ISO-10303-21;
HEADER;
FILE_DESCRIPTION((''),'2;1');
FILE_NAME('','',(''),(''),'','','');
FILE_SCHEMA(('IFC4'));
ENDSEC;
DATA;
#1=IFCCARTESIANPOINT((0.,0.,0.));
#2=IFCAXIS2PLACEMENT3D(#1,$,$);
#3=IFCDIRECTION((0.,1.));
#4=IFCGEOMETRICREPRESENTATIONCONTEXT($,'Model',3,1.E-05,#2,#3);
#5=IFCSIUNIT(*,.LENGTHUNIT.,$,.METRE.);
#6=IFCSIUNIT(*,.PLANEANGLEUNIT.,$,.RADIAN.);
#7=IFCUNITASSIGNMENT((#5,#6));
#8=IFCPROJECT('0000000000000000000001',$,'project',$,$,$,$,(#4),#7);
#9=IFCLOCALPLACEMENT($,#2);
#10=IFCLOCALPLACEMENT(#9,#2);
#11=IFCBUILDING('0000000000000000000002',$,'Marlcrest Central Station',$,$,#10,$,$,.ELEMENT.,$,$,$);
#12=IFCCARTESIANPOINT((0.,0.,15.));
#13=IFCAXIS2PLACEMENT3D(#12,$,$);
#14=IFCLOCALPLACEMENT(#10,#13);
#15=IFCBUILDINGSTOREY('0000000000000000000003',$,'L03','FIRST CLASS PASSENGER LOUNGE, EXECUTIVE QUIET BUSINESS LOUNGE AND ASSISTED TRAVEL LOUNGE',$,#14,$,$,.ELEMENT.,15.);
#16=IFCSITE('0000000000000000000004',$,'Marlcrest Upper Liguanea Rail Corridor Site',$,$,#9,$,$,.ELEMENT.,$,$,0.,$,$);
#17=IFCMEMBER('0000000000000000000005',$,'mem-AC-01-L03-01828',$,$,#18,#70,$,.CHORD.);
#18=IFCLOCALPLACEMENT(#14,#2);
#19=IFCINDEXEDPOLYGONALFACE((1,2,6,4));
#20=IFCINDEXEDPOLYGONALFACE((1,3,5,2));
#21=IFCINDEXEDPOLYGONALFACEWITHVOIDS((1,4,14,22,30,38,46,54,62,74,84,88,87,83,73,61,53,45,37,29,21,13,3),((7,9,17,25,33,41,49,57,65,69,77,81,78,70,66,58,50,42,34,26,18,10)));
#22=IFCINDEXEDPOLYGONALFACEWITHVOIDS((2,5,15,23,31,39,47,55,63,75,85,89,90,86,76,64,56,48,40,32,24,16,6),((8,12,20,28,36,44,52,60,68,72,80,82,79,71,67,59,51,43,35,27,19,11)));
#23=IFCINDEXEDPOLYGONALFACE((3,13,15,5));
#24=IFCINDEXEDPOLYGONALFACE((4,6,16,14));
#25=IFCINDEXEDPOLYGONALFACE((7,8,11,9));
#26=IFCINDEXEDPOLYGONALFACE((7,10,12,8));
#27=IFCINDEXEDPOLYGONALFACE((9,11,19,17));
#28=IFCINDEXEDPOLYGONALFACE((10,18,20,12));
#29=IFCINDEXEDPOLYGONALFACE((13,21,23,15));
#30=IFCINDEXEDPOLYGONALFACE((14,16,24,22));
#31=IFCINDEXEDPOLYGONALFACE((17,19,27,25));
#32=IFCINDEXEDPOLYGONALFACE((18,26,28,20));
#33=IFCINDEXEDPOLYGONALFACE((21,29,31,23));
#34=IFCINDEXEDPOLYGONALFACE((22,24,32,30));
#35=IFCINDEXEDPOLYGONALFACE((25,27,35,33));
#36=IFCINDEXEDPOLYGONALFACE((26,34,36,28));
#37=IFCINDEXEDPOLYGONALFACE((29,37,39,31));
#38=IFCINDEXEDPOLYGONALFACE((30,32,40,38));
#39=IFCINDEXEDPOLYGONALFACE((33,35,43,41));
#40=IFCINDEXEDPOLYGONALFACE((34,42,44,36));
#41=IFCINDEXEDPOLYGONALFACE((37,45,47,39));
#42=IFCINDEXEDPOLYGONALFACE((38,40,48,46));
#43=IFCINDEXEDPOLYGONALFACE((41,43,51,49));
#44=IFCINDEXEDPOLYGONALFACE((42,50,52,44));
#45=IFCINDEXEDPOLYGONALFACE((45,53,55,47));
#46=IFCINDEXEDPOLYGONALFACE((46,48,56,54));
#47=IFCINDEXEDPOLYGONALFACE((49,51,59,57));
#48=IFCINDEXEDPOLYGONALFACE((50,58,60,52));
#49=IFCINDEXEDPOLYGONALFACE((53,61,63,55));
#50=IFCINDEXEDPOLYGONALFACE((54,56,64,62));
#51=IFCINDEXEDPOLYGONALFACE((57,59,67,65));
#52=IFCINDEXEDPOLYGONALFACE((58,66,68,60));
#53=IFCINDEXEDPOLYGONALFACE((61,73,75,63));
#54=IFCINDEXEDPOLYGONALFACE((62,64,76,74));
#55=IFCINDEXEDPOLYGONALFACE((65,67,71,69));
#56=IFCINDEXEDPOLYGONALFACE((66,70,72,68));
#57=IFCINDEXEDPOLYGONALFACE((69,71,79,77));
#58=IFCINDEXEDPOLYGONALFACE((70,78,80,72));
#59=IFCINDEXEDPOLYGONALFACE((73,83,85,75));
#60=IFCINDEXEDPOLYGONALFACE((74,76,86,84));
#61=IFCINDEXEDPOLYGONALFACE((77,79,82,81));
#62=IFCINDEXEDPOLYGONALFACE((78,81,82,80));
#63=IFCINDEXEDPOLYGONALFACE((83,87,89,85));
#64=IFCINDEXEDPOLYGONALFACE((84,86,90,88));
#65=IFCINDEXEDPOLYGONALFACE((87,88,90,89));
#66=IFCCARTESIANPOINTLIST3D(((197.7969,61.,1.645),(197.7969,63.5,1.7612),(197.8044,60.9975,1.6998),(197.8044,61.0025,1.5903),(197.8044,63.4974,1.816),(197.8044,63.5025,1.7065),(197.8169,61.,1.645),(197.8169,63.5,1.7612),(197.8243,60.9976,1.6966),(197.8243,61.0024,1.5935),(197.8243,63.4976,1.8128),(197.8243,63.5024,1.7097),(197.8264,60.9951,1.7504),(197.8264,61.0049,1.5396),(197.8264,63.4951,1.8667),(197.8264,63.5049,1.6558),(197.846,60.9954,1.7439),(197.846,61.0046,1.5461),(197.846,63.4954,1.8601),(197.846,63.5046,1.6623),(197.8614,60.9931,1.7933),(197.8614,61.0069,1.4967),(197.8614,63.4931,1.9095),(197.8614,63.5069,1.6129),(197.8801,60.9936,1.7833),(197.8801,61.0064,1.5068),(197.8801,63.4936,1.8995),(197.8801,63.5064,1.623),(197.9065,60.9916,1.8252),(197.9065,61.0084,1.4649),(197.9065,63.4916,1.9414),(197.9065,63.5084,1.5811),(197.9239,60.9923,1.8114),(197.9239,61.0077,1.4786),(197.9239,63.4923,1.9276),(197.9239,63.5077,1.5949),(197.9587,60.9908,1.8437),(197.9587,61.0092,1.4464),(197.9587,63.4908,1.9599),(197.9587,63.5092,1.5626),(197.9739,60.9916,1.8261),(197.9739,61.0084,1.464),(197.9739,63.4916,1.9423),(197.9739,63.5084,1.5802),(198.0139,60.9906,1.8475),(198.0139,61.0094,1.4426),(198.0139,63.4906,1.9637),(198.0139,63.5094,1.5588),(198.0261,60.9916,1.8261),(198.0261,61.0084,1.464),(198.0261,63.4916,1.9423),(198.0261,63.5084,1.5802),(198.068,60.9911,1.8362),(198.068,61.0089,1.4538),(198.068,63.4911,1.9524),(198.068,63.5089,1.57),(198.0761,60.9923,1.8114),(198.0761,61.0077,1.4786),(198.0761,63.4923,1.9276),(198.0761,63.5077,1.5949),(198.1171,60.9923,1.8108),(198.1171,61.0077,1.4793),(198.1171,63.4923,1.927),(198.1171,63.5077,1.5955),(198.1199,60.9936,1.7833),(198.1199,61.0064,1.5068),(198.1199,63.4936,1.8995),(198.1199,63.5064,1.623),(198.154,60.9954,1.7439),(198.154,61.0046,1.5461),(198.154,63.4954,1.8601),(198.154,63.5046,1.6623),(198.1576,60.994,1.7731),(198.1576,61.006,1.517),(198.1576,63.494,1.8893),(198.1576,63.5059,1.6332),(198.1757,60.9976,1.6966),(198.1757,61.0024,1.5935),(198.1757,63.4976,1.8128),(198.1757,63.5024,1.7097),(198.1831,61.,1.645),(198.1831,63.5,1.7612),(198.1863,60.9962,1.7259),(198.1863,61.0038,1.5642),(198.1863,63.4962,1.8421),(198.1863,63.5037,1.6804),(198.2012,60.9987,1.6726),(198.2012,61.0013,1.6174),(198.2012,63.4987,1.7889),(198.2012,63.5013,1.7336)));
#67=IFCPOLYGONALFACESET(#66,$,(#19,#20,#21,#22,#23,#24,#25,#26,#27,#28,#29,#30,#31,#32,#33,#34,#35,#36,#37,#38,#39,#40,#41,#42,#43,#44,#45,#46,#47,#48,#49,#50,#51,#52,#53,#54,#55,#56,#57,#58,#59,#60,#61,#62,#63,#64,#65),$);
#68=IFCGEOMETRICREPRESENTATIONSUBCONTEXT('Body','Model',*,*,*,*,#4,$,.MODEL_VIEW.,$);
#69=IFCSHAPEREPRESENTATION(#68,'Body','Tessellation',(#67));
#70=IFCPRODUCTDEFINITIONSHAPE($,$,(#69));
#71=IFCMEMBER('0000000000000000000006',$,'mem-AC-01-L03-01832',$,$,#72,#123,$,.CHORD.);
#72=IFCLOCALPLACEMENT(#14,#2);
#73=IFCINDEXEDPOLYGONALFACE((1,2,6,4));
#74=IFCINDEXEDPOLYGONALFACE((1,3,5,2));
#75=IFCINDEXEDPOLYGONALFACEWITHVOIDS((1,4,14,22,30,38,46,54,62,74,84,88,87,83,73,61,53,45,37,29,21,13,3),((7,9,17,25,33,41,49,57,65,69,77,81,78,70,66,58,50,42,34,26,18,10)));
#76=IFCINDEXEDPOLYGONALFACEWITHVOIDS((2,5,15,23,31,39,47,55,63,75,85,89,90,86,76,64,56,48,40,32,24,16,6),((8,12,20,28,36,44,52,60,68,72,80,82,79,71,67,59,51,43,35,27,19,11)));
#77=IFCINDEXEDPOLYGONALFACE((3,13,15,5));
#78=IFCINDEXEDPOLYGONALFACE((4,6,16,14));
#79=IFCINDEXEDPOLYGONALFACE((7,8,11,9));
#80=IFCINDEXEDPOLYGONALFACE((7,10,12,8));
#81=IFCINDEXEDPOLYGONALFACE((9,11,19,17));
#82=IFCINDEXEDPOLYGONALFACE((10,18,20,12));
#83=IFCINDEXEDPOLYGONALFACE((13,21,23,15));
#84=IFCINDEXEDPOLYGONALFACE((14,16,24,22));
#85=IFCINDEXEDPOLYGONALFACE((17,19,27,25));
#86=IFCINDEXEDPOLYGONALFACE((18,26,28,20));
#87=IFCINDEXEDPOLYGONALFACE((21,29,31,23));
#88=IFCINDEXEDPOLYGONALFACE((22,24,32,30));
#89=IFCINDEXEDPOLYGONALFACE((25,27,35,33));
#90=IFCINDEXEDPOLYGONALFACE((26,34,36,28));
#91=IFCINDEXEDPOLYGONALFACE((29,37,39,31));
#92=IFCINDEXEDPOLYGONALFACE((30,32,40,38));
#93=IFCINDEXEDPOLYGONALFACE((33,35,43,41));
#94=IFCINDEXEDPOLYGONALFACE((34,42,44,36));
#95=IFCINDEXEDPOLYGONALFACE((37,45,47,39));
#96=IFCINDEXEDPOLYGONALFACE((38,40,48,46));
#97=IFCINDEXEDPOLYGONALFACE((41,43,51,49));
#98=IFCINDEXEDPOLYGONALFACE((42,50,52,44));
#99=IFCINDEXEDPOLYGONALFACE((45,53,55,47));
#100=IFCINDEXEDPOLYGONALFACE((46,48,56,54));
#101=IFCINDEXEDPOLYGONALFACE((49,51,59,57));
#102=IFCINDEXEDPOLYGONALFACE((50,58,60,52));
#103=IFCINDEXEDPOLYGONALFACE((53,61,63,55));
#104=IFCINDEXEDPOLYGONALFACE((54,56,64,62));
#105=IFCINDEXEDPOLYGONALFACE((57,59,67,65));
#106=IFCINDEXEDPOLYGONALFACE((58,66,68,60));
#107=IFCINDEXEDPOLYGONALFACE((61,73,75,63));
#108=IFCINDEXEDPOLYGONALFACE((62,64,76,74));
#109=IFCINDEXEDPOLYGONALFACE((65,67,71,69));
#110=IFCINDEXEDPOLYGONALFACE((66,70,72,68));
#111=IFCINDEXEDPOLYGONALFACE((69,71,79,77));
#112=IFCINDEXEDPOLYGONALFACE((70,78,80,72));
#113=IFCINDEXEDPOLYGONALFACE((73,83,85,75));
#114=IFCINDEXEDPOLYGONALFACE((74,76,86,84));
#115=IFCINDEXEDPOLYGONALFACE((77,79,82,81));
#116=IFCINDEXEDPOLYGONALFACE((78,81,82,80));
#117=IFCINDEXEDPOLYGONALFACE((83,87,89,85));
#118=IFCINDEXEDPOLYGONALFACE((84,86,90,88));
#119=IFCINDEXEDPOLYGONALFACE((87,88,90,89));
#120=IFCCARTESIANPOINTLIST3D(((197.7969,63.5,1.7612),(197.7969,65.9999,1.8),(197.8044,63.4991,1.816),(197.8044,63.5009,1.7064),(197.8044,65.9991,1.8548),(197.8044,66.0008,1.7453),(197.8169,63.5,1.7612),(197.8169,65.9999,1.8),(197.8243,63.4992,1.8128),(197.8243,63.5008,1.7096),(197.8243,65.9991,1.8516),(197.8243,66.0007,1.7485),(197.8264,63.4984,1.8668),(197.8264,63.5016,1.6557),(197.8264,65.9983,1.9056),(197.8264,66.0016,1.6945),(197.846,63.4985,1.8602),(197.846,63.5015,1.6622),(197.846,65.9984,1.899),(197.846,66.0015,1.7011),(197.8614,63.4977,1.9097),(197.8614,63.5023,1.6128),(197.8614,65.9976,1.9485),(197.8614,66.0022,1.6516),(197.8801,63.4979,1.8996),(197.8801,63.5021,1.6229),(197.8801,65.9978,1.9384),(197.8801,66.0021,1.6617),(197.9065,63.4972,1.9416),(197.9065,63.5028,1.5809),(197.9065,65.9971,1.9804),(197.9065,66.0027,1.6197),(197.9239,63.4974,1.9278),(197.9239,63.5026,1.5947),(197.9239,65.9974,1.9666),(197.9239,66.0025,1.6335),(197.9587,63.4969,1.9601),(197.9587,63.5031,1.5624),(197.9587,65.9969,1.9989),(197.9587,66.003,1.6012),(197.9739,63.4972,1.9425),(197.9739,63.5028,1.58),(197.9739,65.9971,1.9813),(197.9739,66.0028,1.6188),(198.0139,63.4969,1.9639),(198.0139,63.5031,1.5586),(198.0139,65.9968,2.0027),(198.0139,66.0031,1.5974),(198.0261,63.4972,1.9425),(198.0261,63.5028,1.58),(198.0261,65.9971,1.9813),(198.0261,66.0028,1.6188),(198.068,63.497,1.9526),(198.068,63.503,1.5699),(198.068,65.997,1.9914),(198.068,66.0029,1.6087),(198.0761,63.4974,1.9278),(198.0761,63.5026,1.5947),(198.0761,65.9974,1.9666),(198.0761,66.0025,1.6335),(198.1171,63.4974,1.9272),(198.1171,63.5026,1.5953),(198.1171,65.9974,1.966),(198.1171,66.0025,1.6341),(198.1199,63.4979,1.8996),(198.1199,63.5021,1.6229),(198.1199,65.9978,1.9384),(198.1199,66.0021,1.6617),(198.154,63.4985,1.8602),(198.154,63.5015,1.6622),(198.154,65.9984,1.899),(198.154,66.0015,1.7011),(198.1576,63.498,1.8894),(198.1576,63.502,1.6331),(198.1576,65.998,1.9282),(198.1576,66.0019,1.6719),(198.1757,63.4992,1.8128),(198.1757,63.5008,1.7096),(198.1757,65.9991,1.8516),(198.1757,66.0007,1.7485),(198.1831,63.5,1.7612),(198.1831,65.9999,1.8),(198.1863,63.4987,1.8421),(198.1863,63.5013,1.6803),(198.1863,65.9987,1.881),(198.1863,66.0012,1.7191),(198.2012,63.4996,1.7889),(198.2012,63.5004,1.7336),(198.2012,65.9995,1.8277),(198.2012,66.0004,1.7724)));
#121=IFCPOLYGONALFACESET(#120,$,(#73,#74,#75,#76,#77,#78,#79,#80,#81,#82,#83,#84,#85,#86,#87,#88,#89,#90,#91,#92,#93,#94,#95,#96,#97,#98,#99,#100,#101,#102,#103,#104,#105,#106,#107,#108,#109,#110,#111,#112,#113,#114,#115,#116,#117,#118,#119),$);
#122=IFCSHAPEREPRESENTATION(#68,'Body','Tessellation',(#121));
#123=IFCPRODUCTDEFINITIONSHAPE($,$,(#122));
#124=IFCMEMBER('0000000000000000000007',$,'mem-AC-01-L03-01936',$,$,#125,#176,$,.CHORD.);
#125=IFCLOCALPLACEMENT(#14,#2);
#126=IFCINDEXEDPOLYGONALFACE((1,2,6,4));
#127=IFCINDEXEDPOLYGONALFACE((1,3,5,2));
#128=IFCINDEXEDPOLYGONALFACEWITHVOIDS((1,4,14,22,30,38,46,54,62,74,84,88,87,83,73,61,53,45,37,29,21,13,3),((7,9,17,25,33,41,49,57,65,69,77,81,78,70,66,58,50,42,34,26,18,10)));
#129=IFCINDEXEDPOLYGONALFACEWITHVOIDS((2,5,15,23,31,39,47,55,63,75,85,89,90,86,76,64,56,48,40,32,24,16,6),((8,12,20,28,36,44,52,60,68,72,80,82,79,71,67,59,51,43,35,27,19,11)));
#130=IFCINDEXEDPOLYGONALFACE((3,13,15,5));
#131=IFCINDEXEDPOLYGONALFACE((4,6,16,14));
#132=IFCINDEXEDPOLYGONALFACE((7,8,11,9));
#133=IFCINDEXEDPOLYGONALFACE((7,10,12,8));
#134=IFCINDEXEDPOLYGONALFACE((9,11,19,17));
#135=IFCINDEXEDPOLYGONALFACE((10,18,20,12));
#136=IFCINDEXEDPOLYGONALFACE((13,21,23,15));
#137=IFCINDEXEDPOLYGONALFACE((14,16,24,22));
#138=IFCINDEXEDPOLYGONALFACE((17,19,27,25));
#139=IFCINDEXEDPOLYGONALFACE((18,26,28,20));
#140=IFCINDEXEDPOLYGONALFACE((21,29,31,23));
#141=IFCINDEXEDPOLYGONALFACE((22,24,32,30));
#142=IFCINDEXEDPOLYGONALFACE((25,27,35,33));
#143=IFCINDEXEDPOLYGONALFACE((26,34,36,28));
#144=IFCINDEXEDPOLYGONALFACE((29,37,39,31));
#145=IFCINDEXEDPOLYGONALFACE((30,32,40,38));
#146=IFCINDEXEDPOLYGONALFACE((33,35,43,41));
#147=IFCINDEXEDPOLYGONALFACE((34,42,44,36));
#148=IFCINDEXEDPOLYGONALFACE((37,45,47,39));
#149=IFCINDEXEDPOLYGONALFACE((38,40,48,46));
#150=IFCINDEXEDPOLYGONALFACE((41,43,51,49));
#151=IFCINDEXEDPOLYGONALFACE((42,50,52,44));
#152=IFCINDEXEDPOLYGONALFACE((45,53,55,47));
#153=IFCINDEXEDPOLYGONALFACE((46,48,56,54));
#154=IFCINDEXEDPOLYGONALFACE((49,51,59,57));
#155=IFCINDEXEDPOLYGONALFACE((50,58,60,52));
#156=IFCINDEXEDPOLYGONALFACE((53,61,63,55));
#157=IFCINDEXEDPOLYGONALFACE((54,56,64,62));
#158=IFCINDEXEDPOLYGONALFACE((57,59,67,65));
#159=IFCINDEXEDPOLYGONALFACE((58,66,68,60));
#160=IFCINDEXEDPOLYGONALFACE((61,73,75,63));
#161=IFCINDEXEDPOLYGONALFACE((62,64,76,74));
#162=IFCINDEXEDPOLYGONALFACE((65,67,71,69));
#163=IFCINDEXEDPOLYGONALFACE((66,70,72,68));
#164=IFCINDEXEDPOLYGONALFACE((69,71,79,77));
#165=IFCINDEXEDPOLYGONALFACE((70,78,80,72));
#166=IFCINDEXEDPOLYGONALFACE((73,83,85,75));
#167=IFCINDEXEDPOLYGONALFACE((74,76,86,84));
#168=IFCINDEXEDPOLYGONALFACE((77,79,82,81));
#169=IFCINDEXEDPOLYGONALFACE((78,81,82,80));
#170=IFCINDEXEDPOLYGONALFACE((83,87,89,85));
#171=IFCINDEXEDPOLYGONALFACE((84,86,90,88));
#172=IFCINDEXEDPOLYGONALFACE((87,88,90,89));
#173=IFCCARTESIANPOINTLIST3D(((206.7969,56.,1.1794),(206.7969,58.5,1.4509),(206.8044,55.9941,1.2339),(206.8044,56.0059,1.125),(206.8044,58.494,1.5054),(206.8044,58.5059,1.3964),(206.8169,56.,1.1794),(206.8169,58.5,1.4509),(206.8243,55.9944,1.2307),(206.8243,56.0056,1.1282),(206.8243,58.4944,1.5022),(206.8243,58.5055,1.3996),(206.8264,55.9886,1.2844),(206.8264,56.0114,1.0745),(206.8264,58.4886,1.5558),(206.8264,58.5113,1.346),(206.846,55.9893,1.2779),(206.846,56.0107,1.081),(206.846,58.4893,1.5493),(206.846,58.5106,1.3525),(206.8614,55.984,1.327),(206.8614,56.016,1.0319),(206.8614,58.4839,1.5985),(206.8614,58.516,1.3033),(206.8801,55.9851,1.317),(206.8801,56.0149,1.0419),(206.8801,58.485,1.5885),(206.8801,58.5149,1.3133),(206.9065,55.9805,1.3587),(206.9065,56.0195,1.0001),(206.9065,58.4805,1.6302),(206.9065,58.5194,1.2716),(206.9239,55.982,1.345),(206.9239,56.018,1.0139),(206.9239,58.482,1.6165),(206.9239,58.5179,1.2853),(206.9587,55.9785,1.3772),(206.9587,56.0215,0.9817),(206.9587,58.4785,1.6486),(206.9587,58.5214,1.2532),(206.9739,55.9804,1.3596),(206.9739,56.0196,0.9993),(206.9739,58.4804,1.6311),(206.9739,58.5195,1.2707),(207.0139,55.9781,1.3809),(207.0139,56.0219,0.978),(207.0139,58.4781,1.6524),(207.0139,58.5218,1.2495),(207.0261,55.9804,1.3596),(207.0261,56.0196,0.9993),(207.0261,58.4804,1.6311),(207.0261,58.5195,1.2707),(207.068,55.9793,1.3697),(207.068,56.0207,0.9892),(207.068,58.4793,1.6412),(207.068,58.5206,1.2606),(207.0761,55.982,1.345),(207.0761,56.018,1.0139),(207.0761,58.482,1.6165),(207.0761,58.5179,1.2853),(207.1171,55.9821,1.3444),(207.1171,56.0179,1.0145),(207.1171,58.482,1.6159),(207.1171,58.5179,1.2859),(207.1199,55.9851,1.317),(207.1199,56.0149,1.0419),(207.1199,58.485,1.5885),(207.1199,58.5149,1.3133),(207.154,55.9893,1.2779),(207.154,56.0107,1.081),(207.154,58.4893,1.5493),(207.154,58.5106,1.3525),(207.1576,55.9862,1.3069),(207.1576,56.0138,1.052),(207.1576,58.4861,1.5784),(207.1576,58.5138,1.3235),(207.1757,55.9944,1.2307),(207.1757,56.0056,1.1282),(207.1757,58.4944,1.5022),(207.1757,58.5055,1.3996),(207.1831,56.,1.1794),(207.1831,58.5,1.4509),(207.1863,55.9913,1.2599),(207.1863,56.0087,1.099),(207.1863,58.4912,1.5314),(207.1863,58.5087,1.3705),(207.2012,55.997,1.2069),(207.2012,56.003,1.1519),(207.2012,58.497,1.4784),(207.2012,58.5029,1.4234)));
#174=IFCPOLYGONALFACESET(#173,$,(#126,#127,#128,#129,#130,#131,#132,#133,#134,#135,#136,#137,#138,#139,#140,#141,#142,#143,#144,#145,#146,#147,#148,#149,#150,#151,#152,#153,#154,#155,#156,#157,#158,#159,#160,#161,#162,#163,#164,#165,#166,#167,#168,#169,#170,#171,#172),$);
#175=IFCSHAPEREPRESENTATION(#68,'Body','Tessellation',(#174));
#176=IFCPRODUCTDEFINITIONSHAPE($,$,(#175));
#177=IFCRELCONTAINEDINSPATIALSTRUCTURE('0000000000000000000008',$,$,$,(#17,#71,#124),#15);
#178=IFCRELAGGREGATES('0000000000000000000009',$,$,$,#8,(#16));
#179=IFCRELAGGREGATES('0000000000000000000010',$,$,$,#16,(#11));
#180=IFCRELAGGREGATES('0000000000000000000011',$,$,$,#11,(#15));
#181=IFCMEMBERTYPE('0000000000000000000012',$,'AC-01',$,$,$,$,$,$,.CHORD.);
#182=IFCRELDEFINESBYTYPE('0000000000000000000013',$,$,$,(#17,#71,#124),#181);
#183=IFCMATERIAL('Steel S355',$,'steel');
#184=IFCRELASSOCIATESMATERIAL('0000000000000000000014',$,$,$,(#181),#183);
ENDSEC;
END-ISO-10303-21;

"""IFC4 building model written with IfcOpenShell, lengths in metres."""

from ifc_helpers import new_model, si_unit, direction, frame, origin, origin_2d, place, context, subcontext, project, spatial, hollow_circle, extrude, material, material_profile, profile_set, type_object, element, save


model = new_model("IFC4")

# Units and contexts
model_context = context("Model", 3, precision=1e-05, world=origin(), true_north=direction((0.0, 1.0)))
body_context = subcontext(model_context, "Body", "Model", "MODEL_VIEW")
ifc_project = project(units=[si_unit("LENGTHUNIT", "METRE"), si_unit("PLANEANGLEUNIT", "RADIAN")], contexts=[model_context])

# Site, building, storey
site_placement = place(None, origin())
site = spatial("IfcSite", under=ifc_project, at=site_placement, Name="Marlcrest Upper Liguanea Rail Corridor Site", CompositionType="ELEMENT", RefElevation=0.0)
building_placement = place(site_placement, origin())
building = spatial("IfcBuilding", under=site, at=building_placement, Name="Marlcrest Central Station", CompositionType="ELEMENT")
storey_placement = place(building_placement, frame((0.0, 0.0, 15.0)))
storey = spatial("IfcBuildingStorey", under=building, at=storey_placement, Name="L03", Description="FIRST CLASS PASSENGER LOUNGE, EXECUTIVE QUIET BUSINESS LOUNGE AND ASSISTED TRAVEL LOUNGE", CompositionType="ELEMENT", Elevation=15.0)

# Members
ifc_material_1 = material(Name="Steel S355", Category="steel")
ifc_material_profile_1 = material_profile(ifc_material_1, hollow_circle(Radius=0.2031, WallThickness=0.02, at=origin_2d()), Name="CHS 406.4x20")
ifc_profile_set_1 = profile_set([ifc_material_profile_1], Name="Steel S355")
member_type_1 = type_object("IfcMemberType", Name="AC-01", PredefinedType="CHORD", material=ifc_profile_set_1)
member_1_placement = place(storey_placement, frame((198.0, 61.0, 1.645), z_axis=(0.0, 0.998921, 0.046434), x_axis=(-1.0, 0.0, 0.0)))
element("IfcMember", 1, at=member_1_placement, inside=storey, type_object=member_type_1, Name="mem-AC-01-L03-01828", PredefinedType="CHORD", context=body_context, shape_type="SweptSolid", body=[
    extrude(hollow_circle(Radius=0.2031, WallThickness=0.02, at=origin_2d()), origin(), (0.0, 0.0, 1.0), 2.5027),
])
member_2_placement = place(storey_placement, frame((198.0, 63.5, 1.7612), z_axis=(0.0, 0.999879, 0.015525), x_axis=(-1.0, 0.0, 0.0)))
element("IfcMember", 2, at=member_2_placement, inside=storey, type_object=member_type_1, Name="mem-AC-01-L03-01832", PredefinedType="CHORD", context=body_context, shape_type="SweptSolid", body=[
    extrude(hollow_circle(Radius=0.2031, WallThickness=0.02, at=origin_2d()), origin(), (0.0, 0.0, 1.0), 2.5002),
])
member_3_placement = place(storey_placement, frame((207.0, 56.0, 1.1794), z_axis=(0.0, 0.994155, 0.107959), x_axis=(-1.0, 0.0, 0.0)))
element("IfcMember", 3, at=member_3_placement, inside=storey, type_object=member_type_1, Name="mem-AC-01-L03-01936", PredefinedType="CHORD", context=body_context, shape_type="SweptSolid", body=[
    extrude(hollow_circle(Radius=0.2031, WallThickness=0.02, at=origin_2d()), origin(), (0.0, 0.0, 1.0), 2.5146),
])

save(model, "model.ifc")
